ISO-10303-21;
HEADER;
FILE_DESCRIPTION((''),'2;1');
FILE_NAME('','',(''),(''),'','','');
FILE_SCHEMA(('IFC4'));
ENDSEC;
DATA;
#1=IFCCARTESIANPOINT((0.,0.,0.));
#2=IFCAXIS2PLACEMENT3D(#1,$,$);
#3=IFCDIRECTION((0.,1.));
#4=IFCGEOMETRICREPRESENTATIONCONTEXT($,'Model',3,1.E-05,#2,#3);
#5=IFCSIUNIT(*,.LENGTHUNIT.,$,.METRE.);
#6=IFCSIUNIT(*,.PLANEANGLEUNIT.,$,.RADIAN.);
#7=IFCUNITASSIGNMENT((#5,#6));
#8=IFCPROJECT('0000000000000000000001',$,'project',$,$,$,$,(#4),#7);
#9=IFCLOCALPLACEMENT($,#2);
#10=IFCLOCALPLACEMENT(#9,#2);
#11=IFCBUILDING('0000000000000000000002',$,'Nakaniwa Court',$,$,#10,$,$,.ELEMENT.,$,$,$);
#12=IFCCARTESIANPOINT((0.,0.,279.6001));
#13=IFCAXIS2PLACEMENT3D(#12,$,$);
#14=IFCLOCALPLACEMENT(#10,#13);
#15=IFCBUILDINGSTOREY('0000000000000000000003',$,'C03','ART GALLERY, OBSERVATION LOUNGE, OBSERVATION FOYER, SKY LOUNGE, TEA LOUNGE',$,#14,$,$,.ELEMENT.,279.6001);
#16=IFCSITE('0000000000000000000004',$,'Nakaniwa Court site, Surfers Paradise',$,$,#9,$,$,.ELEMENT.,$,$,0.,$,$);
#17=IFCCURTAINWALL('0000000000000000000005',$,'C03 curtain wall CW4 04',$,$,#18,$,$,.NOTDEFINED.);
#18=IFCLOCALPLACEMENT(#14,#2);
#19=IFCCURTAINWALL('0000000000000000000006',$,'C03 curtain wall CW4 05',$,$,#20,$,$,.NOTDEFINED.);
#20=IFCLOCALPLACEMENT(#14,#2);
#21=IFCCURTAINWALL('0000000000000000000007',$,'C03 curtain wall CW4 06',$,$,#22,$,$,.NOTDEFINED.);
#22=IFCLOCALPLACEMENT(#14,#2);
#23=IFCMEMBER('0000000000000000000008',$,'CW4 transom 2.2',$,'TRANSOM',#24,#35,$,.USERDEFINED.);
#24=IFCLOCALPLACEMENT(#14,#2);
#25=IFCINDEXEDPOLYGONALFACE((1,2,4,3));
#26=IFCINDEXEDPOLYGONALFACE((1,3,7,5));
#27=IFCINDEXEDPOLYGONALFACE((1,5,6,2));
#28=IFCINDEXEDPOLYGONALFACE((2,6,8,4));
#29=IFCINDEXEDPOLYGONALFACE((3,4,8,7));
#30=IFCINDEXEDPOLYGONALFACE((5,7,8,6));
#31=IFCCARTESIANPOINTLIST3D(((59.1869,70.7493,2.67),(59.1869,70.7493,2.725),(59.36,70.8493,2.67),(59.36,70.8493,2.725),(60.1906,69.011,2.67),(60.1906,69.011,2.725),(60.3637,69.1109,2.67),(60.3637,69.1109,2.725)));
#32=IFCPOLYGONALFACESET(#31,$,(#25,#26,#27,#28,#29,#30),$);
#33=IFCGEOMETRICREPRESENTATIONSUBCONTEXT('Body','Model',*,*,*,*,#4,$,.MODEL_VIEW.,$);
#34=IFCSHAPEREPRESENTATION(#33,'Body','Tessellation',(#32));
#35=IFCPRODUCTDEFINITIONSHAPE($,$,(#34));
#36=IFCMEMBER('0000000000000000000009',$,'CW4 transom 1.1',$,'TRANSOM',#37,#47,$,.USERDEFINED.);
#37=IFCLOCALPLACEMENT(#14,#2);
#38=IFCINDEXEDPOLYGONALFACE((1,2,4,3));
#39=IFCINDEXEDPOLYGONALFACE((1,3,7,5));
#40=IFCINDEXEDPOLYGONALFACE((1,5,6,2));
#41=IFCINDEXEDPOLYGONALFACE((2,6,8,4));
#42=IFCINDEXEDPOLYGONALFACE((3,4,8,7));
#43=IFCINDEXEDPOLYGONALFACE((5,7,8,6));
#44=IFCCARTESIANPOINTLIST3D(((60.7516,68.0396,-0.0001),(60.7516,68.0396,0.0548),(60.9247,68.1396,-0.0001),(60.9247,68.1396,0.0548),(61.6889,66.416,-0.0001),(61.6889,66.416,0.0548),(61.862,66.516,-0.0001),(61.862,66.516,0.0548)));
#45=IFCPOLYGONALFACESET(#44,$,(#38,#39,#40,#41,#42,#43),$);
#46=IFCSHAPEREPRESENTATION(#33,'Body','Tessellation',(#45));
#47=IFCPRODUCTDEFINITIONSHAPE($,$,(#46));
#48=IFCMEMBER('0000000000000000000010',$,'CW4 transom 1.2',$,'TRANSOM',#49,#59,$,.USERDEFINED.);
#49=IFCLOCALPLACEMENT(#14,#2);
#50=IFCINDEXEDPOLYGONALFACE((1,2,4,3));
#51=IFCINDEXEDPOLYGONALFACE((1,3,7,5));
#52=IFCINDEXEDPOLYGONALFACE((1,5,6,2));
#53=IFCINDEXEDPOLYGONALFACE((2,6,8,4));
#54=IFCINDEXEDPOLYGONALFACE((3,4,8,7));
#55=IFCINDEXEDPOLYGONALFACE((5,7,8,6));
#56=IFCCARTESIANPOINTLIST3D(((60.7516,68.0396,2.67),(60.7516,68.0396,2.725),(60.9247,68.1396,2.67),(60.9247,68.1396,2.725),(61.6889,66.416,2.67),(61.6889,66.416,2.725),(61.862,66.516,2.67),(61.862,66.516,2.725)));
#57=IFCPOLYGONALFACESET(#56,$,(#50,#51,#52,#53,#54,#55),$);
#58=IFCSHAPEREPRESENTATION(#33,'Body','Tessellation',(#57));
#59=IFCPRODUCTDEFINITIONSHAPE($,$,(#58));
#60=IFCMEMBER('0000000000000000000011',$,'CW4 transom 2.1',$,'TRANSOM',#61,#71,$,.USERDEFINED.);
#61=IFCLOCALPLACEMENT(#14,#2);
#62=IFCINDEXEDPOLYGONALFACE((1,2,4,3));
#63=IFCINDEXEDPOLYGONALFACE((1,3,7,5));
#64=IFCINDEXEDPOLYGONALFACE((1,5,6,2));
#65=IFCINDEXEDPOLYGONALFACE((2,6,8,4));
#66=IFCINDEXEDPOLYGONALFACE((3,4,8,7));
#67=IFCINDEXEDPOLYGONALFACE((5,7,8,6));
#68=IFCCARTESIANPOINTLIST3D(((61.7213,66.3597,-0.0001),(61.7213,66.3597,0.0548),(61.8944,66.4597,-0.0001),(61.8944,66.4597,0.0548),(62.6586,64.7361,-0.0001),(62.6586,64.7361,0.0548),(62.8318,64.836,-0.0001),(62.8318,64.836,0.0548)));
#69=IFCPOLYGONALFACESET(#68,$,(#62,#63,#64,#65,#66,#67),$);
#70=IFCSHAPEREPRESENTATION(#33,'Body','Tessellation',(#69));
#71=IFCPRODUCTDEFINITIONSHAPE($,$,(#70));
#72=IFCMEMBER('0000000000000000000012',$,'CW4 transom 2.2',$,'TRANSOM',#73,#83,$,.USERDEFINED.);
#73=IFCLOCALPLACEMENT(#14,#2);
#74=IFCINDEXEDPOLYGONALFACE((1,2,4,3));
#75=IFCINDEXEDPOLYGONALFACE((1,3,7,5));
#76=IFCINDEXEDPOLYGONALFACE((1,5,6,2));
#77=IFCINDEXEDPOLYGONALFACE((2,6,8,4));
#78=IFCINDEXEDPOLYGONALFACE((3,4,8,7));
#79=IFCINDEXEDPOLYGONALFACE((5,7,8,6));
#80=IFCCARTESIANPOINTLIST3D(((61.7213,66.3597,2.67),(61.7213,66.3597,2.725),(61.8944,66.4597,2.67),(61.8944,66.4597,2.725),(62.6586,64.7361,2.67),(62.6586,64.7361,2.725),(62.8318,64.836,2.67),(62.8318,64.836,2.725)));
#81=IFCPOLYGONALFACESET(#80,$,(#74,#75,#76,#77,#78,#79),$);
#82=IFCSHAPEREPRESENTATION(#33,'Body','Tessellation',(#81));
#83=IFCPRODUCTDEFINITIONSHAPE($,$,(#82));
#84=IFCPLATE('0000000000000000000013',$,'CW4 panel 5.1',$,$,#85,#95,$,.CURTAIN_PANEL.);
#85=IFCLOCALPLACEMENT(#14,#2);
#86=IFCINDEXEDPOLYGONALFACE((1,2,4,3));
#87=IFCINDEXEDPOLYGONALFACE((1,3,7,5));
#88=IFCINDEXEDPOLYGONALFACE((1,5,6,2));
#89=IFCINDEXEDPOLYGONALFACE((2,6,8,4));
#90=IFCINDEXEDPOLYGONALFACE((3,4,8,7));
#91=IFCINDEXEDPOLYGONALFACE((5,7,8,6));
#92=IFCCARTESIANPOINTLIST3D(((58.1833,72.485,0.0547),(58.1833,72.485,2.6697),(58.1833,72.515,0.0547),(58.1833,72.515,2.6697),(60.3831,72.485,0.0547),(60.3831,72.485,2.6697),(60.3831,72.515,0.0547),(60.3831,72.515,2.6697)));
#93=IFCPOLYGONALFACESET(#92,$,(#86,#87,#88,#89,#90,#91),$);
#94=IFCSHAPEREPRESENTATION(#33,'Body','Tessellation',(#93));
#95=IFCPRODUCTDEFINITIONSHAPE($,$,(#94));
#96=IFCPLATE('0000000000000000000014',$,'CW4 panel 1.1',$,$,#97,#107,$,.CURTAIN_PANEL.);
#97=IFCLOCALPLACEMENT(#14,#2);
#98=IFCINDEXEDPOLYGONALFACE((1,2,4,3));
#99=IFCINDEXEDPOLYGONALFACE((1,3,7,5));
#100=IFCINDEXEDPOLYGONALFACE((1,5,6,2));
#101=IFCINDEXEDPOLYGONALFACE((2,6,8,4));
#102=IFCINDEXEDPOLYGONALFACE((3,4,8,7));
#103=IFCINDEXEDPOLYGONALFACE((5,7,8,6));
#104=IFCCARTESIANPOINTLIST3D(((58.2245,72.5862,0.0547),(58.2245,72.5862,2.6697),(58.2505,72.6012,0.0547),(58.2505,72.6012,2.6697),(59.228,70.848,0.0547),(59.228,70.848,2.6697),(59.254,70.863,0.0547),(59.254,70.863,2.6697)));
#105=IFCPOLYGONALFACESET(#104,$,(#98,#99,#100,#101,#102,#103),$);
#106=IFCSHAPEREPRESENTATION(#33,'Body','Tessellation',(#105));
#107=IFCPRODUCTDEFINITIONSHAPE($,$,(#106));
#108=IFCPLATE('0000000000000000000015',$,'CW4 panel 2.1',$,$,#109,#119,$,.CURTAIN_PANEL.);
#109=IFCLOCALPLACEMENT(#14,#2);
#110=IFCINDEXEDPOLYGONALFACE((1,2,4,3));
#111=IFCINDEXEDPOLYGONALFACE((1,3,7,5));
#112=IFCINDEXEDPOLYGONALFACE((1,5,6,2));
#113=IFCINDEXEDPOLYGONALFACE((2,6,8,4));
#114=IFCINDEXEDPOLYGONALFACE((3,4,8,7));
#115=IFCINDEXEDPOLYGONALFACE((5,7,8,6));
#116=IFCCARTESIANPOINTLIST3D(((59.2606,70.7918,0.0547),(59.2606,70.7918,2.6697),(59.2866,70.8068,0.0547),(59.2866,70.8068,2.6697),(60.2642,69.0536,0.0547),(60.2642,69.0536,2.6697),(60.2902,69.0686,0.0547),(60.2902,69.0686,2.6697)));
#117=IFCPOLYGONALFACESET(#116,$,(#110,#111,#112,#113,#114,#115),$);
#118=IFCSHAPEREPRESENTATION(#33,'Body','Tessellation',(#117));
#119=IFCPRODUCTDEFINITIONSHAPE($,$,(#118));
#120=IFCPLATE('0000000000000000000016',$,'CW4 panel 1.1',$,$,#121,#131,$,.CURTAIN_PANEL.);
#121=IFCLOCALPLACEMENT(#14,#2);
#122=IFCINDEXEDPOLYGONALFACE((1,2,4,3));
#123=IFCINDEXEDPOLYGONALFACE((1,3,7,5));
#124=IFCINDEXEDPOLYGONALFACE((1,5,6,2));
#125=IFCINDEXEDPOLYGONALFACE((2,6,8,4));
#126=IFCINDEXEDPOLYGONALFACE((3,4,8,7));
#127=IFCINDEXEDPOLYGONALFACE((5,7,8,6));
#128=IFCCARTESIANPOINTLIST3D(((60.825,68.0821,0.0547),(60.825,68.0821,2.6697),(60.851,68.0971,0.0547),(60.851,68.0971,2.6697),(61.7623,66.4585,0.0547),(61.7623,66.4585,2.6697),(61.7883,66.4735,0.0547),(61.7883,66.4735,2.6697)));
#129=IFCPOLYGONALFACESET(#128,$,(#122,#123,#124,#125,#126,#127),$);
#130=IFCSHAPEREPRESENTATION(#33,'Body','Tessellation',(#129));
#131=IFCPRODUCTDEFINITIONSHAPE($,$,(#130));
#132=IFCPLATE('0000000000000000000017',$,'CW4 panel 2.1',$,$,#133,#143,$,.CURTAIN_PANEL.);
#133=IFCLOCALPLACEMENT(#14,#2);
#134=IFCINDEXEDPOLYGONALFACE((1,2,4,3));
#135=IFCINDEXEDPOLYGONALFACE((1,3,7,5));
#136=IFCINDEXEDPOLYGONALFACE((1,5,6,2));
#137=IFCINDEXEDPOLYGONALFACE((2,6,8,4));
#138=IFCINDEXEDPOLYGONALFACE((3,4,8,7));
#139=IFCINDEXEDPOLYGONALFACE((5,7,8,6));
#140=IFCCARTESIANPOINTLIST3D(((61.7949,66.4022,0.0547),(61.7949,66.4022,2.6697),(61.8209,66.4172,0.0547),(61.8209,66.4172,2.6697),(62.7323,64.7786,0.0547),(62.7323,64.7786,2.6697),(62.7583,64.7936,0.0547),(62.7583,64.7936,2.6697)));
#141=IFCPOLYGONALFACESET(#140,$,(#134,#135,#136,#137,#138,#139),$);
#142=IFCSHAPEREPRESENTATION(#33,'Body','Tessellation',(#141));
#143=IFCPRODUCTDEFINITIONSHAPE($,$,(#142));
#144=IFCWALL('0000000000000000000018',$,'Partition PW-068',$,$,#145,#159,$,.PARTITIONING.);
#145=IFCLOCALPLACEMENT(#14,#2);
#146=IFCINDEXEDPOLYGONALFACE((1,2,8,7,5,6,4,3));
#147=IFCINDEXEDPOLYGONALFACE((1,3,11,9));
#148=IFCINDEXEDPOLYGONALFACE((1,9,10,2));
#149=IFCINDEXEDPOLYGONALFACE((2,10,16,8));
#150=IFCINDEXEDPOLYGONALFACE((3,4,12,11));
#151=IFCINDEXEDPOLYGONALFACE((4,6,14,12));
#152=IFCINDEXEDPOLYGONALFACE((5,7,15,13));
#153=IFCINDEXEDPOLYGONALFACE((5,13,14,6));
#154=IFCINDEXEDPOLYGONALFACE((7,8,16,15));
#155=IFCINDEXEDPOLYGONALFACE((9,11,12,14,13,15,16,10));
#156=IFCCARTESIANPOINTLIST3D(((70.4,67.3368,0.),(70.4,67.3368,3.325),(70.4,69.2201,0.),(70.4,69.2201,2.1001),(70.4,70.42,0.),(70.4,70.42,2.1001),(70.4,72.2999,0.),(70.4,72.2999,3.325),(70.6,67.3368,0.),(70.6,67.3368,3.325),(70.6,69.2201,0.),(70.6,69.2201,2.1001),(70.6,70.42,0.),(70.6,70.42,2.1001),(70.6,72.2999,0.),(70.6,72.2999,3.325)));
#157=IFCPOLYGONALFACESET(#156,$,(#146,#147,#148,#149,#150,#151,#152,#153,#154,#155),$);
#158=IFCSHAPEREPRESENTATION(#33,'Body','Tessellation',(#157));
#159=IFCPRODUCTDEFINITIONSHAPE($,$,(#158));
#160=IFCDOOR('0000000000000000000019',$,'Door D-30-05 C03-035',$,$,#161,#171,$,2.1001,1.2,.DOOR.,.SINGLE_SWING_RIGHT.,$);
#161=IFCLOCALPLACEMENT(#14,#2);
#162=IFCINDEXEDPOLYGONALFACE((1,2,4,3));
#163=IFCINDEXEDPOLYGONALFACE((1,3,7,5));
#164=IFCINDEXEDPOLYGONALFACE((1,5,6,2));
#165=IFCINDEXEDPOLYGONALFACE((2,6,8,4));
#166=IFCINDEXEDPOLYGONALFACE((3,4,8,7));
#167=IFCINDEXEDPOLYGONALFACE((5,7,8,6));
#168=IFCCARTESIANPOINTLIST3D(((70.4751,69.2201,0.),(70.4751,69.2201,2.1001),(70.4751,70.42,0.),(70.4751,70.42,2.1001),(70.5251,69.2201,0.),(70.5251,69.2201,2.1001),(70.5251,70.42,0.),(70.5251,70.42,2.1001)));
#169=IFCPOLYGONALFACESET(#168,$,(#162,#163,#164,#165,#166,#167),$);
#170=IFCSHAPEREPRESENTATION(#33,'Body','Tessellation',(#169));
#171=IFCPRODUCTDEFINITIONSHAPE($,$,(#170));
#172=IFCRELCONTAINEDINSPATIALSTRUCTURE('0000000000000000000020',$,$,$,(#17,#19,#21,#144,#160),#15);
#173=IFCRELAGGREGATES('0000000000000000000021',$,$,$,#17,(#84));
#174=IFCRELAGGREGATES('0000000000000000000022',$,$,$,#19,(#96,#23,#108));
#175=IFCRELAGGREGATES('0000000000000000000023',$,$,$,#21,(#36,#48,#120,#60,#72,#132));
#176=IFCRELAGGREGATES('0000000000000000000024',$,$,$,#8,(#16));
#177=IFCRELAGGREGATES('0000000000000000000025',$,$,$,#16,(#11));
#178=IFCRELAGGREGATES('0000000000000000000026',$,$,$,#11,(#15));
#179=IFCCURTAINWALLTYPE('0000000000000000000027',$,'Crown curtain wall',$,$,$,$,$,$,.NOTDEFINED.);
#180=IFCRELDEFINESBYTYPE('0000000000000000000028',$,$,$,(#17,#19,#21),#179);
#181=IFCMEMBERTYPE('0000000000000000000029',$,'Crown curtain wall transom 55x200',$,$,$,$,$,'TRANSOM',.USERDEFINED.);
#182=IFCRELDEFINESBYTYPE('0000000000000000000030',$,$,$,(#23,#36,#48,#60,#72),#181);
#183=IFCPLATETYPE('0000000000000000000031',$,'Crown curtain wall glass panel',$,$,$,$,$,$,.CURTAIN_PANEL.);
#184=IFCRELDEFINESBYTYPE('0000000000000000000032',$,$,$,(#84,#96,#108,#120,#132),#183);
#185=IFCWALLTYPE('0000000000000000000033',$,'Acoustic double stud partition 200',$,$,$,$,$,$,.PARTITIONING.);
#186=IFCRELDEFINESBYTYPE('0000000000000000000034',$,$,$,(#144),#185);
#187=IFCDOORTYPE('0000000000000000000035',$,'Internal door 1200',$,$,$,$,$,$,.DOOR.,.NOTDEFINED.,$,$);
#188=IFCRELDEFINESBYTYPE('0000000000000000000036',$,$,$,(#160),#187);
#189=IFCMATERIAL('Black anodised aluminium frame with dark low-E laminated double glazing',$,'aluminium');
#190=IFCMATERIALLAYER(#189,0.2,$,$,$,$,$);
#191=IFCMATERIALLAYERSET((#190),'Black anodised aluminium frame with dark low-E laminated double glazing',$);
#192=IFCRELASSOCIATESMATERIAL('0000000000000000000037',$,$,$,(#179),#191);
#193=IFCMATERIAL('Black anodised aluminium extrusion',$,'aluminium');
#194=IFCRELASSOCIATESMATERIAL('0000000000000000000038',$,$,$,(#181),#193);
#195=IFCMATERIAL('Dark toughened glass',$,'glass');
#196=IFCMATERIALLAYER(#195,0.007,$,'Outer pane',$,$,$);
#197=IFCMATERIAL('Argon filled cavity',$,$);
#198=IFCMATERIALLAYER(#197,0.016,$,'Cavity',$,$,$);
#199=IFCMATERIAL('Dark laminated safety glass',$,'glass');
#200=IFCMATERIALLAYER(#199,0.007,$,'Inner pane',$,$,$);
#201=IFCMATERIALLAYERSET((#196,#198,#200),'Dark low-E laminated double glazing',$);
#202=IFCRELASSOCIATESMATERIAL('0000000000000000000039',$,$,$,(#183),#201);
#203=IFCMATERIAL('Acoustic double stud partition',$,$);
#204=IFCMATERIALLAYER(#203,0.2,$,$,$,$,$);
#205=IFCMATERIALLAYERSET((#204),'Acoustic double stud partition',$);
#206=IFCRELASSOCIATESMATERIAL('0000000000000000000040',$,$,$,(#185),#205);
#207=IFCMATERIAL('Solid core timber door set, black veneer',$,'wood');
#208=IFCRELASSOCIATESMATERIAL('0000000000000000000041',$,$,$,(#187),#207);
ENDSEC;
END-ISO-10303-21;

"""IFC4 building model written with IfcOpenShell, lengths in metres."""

from ifc_helpers import new_model, si_unit, direction, frame, frame_2d, origin, origin_2d, place, context, subcontext, project, spatial, rectangle, extrude, material, layer, layer_set, material_profile, profile_set, type_object, element, fill, aggregate, save


model = new_model("IFC4")

# Units and contexts
model_context = context("Model", 3, precision=1e-05, world=origin(), true_north=direction((0.0, 1.0)))
body_context = subcontext(model_context, "Body", "Model", "MODEL_VIEW")
ifc_project = project(units=[si_unit("LENGTHUNIT", "METRE"), si_unit("PLANEANGLEUNIT", "RADIAN")], contexts=[model_context])

# Site, building, storey
site_placement = place(None, origin())
site = spatial("IfcSite", under=ifc_project, at=site_placement, Name="Nakaniwa Court site, Surfers Paradise", CompositionType="ELEMENT", RefElevation=0.0)
building_placement = place(site_placement, origin())
building = spatial("IfcBuilding", under=site, at=building_placement, Name="Nakaniwa Court", CompositionType="ELEMENT")
storey_placement = place(building_placement, frame((0.0, 0.0, 279.6001)))
storey = spatial("IfcBuildingStorey", under=building, at=storey_placement, Name="C03", Description="ART GALLERY, OBSERVATION LOUNGE, OBSERVATION FOYER, SKY LOUNGE, TEA LOUNGE", CompositionType="ELEMENT", Elevation=279.6001)

# Curtain wall
ifc_material_1 = material(Name="Black anodised aluminium frame with dark low-E laminated double glazing", Category="aluminium")
ifc_layer_1 = layer(ifc_material_1, 0.2)
ifc_layer_set_1 = layer_set([ifc_layer_1], Name="Black anodised aluminium frame with dark low-E laminated double glazing")
curtain_wall_type = type_object("IfcCurtainWallType", Name="Crown curtain wall", PredefinedType="NOTDEFINED", material=ifc_layer_set_1)
curtain_wall_1_placement = place(storey_placement, origin())
curtain_wall_1 = element("IfcCurtainWall", 1, at=curtain_wall_1_placement, inside=storey, type_object=curtain_wall_type, Name="C03 curtain wall CW4 04", PredefinedType="NOTDEFINED")
ifc_material_2 = material(Name="Black anodised aluminium extrusion", Category="aluminium")

# Curtain walls
curtain_wall_2_placement = place(storey_placement, origin())
curtain_wall_2 = element("IfcCurtainWall", 2, at=curtain_wall_2_placement, inside=storey, type_object=curtain_wall_type, Name="C03 curtain wall CW4 05", PredefinedType="NOTDEFINED")
curtain_wall_3_placement = place(storey_placement, origin())
curtain_wall_3 = element("IfcCurtainWall", 3, at=curtain_wall_3_placement, inside=storey, type_object=curtain_wall_type, Name="C03 curtain wall CW4 06", PredefinedType="NOTDEFINED")

# Members
ifc_material_profile_1 = material_profile(ifc_material_2, rectangle(XDim=0.2, YDim=0.0549, at=origin_2d()), Name="Crown curtain wall transom 55x200")
ifc_profile_set_1 = profile_set([ifc_material_profile_1], Name="Black anodised aluminium extrusion")
member_type_1 = type_object("IfcMemberType", Name="Crown curtain wall transom 55x200", ElementType="TRANSOM", PredefinedType="USERDEFINED", material=ifc_profile_set_1)
member_1_placement = place(storey_placement, frame((59.2734, 70.7993, 2.6975), z_axis=(0.500024, -0.866011, 0.0), x_axis=(0.866011, 0.500024, 0.0)))
member_1 = element("IfcMember", 4, at=member_1_placement, type_object=member_type_1, Name="CW4 transom 2.2", ObjectType="TRANSOM", PredefinedType="USERDEFINED", context=body_context, shape_type="SweptSolid", body=[
    extrude(rectangle(XDim=0.2, YDim=0.0549, at=origin_2d()), origin(), (0.0, 0.0, 1.0), 2.0073),
])
member_2_placement = place(storey_placement, frame((60.8381, 68.0896, 0.0273), z_axis=(0.499963, -0.866047, 0.0), x_axis=(0.866047, 0.499963, 0.0)))
member_2 = element("IfcMember", 5, at=member_2_placement, type_object=member_type_1, Name="CW4 transom 1.1", ObjectType="TRANSOM", PredefinedType="USERDEFINED", context=body_context, shape_type="SweptSolid", body=[
    extrude(rectangle(XDim=0.2, YDim=0.0549, at=origin_2d()), origin(), (0.0, 0.0, 1.0), 1.8748),
])
member_3_placement = place(storey_placement, frame((60.8381, 68.0896, 2.6975), z_axis=(0.499963, -0.866047, 0.0), x_axis=(0.866047, 0.499963, 0.0)))
member_3 = element("IfcMember", 6, at=member_3_placement, type_object=member_type_1, Name="CW4 transom 1.2", ObjectType="TRANSOM", PredefinedType="USERDEFINED", context=body_context, shape_type="SweptSolid", body=[
    extrude(rectangle(XDim=0.2, YDim=0.0549, at=origin_2d()), origin(), (0.0, 0.0, 1.0), 1.8748),
])
member_4_placement = place(storey_placement, frame((61.8079, 66.4097, 0.0273), z_axis=(0.499963, -0.866047, 0.0), x_axis=(0.866047, 0.499963, 0.0)))
member_4 = element("IfcMember", 7, at=member_4_placement, type_object=member_type_1, Name="CW4 transom 2.1", ObjectType="TRANSOM", PredefinedType="USERDEFINED", context=body_context, shape_type="SweptSolid", body=[
    extrude(rectangle(XDim=0.2, YDim=0.0549, at=origin_2d()), origin(), (0.0, 0.0, 1.0), 1.8748),
])
member_5_placement = place(storey_placement, frame((61.8079, 66.4097, 2.6975), z_axis=(0.499963, -0.866047, 0.0), x_axis=(0.866047, 0.499963, 0.0)))
member_5 = element("IfcMember", 8, at=member_5_placement, type_object=member_type_1, Name="CW4 transom 2.2", ObjectType="TRANSOM", PredefinedType="USERDEFINED", context=body_context, shape_type="SweptSolid", body=[
    extrude(rectangle(XDim=0.2, YDim=0.0549, at=origin_2d()), origin(), (0.0, 0.0, 1.0), 1.8748),
])

# Plates
ifc_material_3 = material(Name="Dark toughened glass", Category="glass")
ifc_layer_2 = layer(ifc_material_3, 0.007, Name="Outer pane")
ifc_material_4 = material(Name="Argon filled cavity")
ifc_layer_3 = layer(ifc_material_4, 0.016, Name="Cavity")
ifc_material_5 = material(Name="Dark laminated safety glass", Category="glass")
ifc_layer_4 = layer(ifc_material_5, 0.007, Name="Inner pane")
ifc_layer_set_2 = layer_set([ifc_layer_2, ifc_layer_3, ifc_layer_4], Name="Dark low-E laminated double glazing")
plate_type = type_object("IfcPlateType", Name="Crown curtain wall glass panel", PredefinedType="CURTAIN_PANEL", material=ifc_layer_set_2)
plate_1_placement = place(storey_placement, frame((59.2832, 72.5, 0.0547), z_axis=(0.0, 0.0, 1.0), x_axis=(-1.0, 0.0, 0.0)))
plate_1 = element("IfcPlate", 9, at=plate_1_placement, type_object=plate_type, Name="CW4 panel 5.1", PredefinedType="CURTAIN_PANEL", context=body_context, shape_type="SweptSolid", body=[
    extrude(rectangle(XDim=2.1997, YDim=0.03, at=origin_2d()), origin(), (0.0, 0.0, 1.0), 2.615),
])
aggregate(curtain_wall_1, [plate_1])
plate_2_placement = place(storey_placement, frame((58.7393, 71.7246, 0.0547), z_axis=(0.0, 0.0, 1.0), x_axis=(0.500008, -0.866021, 0.0)))
plate_2 = element("IfcPlate", 10, at=plate_2_placement, type_object=plate_type, Name="CW4 panel 1.1", PredefinedType="CURTAIN_PANEL", context=body_context, shape_type="SweptSolid", body=[
    extrude(rectangle(XDim=2.0071, YDim=0.03, at=origin_2d()), origin(), (0.0, 0.0, 1.0), 2.615),
])
plate_3_placement = place(storey_placement, frame((59.7754, 69.9302, 0.0547), z_axis=(0.0, 0.0, 1.0), x_axis=(0.500008, -0.866021, 0.0)))
plate_3 = element("IfcPlate", 11, at=plate_3_placement, type_object=plate_type, Name="CW4 panel 2.1", PredefinedType="CURTAIN_PANEL", context=body_context, shape_type="SweptSolid", body=[
    extrude(rectangle(XDim=2.0071, YDim=0.03, at=origin_2d()), origin(), (0.0, 0.0, 1.0), 2.615),
])
aggregate(curtain_wall_2, [plate_2, member_1, plate_3])
plate_4_placement = place(storey_placement, frame((61.3066, 67.2778, 0.0547), z_axis=(0.0, 0.0, 1.0), x_axis=(0.499987, -0.866033, 0.0)))
plate_4 = element("IfcPlate", 12, at=plate_4_placement, type_object=plate_type, Name="CW4 panel 1.1", PredefinedType="CURTAIN_PANEL", context=body_context, shape_type="SweptSolid", body=[
    extrude(rectangle(XDim=1.8748, YDim=0.03, at=origin_2d()), origin(), (0.0, 0.0, 1.0), 2.615),
])
plate_5_placement = place(storey_placement, frame((62.2766, 65.5979, 0.0547), z_axis=(0.0, 0.0, 1.0), x_axis=(0.499987, -0.866033, 0.0)))
plate_5 = element("IfcPlate", 13, at=plate_5_placement, type_object=plate_type, Name="CW4 panel 2.1", PredefinedType="CURTAIN_PANEL", context=body_context, shape_type="SweptSolid", body=[
    extrude(rectangle(XDim=1.8748, YDim=0.03, at=origin_2d()), origin(), (0.0, 0.0, 1.0), 2.615),
])
aggregate(curtain_wall_3, [member_2, member_3, plate_4, member_4, member_5, plate_5])

# Wall, opening, door
ifc_material_6 = material(Name="Acoustic double stud partition")
ifc_layer_5 = layer(ifc_material_6, 0.2)
ifc_layer_set_3 = layer_set([ifc_layer_5], Name="Acoustic double stud partition")
wall_type_1 = type_object("IfcWallType", Name="Acoustic double stud partition 200", PredefinedType="PARTITIONING", material=ifc_layer_set_3)
wall_1_placement = place(storey_placement, frame((70.5, 67.3369, 0.0), z_axis=(0.0, 0.0, 1.0), x_axis=(0.0, 1.0, 0.0)))
wall_1 = element("IfcWall", 14, at=wall_1_placement, inside=storey, type_object=wall_type_1, Name="Partition PW-068", PredefinedType="PARTITIONING", context=body_context, shape_type="SweptSolid", body=[
    extrude(rectangle(XDim=4.9631, YDim=0.2, at=frame_2d((2.4814, 0.0))), origin(), (0.0, 0.0, 1.0), 3.325),
])
opening_1_placement = place(wall_1_placement, frame((1.8831, 0.0, 0.0)))
opening_1 = element("IfcOpeningElement", 15, at=opening_1_placement, cuts=wall_1, PredefinedType="OPENING", context=body_context, shape_type="SweptSolid", body=[
    extrude(rectangle(XDim=1.2, YDim=2.1001, at=frame_2d((0.6001, 1.05))), frame((0.0, 0.1099, 0.0), z_axis=(0.0, -1.0, 0.0), x_axis=(1.0, 0.0, 0.0)), (0.0, 0.0, 1.0), 0.22),
])
ifc_material_7 = material(Name="Solid core timber door set, black veneer", Category="wood")
door_type_1 = type_object("IfcDoorType", Name="Internal door 1200", OperationType="NOTDEFINED", PredefinedType="DOOR", material=ifc_material_7)
door_1_placement = place(opening_1_placement, origin())
door_1 = element("IfcDoor", 16, at=door_1_placement, inside=storey, type_object=door_type_1, Name="Door D-30-05 C03-035", OperationType="SINGLE_SWING_RIGHT", OverallHeight=2.1001, OverallWidth=1.2, PredefinedType="DOOR", context=body_context, shape_type="SweptSolid", body=[
    extrude(rectangle(XDim=1.2, YDim=2.1001, at=frame_2d((0.6001, 1.05))), frame((0.0, 0.0249, 0.0), z_axis=(0.0, -1.0, 0.0), x_axis=(1.0, 0.0, 0.0)), (0.0, 0.0, 1.0), 0.05),
])
fill(opening_1, door_1)

save(model, "model.ifc")
